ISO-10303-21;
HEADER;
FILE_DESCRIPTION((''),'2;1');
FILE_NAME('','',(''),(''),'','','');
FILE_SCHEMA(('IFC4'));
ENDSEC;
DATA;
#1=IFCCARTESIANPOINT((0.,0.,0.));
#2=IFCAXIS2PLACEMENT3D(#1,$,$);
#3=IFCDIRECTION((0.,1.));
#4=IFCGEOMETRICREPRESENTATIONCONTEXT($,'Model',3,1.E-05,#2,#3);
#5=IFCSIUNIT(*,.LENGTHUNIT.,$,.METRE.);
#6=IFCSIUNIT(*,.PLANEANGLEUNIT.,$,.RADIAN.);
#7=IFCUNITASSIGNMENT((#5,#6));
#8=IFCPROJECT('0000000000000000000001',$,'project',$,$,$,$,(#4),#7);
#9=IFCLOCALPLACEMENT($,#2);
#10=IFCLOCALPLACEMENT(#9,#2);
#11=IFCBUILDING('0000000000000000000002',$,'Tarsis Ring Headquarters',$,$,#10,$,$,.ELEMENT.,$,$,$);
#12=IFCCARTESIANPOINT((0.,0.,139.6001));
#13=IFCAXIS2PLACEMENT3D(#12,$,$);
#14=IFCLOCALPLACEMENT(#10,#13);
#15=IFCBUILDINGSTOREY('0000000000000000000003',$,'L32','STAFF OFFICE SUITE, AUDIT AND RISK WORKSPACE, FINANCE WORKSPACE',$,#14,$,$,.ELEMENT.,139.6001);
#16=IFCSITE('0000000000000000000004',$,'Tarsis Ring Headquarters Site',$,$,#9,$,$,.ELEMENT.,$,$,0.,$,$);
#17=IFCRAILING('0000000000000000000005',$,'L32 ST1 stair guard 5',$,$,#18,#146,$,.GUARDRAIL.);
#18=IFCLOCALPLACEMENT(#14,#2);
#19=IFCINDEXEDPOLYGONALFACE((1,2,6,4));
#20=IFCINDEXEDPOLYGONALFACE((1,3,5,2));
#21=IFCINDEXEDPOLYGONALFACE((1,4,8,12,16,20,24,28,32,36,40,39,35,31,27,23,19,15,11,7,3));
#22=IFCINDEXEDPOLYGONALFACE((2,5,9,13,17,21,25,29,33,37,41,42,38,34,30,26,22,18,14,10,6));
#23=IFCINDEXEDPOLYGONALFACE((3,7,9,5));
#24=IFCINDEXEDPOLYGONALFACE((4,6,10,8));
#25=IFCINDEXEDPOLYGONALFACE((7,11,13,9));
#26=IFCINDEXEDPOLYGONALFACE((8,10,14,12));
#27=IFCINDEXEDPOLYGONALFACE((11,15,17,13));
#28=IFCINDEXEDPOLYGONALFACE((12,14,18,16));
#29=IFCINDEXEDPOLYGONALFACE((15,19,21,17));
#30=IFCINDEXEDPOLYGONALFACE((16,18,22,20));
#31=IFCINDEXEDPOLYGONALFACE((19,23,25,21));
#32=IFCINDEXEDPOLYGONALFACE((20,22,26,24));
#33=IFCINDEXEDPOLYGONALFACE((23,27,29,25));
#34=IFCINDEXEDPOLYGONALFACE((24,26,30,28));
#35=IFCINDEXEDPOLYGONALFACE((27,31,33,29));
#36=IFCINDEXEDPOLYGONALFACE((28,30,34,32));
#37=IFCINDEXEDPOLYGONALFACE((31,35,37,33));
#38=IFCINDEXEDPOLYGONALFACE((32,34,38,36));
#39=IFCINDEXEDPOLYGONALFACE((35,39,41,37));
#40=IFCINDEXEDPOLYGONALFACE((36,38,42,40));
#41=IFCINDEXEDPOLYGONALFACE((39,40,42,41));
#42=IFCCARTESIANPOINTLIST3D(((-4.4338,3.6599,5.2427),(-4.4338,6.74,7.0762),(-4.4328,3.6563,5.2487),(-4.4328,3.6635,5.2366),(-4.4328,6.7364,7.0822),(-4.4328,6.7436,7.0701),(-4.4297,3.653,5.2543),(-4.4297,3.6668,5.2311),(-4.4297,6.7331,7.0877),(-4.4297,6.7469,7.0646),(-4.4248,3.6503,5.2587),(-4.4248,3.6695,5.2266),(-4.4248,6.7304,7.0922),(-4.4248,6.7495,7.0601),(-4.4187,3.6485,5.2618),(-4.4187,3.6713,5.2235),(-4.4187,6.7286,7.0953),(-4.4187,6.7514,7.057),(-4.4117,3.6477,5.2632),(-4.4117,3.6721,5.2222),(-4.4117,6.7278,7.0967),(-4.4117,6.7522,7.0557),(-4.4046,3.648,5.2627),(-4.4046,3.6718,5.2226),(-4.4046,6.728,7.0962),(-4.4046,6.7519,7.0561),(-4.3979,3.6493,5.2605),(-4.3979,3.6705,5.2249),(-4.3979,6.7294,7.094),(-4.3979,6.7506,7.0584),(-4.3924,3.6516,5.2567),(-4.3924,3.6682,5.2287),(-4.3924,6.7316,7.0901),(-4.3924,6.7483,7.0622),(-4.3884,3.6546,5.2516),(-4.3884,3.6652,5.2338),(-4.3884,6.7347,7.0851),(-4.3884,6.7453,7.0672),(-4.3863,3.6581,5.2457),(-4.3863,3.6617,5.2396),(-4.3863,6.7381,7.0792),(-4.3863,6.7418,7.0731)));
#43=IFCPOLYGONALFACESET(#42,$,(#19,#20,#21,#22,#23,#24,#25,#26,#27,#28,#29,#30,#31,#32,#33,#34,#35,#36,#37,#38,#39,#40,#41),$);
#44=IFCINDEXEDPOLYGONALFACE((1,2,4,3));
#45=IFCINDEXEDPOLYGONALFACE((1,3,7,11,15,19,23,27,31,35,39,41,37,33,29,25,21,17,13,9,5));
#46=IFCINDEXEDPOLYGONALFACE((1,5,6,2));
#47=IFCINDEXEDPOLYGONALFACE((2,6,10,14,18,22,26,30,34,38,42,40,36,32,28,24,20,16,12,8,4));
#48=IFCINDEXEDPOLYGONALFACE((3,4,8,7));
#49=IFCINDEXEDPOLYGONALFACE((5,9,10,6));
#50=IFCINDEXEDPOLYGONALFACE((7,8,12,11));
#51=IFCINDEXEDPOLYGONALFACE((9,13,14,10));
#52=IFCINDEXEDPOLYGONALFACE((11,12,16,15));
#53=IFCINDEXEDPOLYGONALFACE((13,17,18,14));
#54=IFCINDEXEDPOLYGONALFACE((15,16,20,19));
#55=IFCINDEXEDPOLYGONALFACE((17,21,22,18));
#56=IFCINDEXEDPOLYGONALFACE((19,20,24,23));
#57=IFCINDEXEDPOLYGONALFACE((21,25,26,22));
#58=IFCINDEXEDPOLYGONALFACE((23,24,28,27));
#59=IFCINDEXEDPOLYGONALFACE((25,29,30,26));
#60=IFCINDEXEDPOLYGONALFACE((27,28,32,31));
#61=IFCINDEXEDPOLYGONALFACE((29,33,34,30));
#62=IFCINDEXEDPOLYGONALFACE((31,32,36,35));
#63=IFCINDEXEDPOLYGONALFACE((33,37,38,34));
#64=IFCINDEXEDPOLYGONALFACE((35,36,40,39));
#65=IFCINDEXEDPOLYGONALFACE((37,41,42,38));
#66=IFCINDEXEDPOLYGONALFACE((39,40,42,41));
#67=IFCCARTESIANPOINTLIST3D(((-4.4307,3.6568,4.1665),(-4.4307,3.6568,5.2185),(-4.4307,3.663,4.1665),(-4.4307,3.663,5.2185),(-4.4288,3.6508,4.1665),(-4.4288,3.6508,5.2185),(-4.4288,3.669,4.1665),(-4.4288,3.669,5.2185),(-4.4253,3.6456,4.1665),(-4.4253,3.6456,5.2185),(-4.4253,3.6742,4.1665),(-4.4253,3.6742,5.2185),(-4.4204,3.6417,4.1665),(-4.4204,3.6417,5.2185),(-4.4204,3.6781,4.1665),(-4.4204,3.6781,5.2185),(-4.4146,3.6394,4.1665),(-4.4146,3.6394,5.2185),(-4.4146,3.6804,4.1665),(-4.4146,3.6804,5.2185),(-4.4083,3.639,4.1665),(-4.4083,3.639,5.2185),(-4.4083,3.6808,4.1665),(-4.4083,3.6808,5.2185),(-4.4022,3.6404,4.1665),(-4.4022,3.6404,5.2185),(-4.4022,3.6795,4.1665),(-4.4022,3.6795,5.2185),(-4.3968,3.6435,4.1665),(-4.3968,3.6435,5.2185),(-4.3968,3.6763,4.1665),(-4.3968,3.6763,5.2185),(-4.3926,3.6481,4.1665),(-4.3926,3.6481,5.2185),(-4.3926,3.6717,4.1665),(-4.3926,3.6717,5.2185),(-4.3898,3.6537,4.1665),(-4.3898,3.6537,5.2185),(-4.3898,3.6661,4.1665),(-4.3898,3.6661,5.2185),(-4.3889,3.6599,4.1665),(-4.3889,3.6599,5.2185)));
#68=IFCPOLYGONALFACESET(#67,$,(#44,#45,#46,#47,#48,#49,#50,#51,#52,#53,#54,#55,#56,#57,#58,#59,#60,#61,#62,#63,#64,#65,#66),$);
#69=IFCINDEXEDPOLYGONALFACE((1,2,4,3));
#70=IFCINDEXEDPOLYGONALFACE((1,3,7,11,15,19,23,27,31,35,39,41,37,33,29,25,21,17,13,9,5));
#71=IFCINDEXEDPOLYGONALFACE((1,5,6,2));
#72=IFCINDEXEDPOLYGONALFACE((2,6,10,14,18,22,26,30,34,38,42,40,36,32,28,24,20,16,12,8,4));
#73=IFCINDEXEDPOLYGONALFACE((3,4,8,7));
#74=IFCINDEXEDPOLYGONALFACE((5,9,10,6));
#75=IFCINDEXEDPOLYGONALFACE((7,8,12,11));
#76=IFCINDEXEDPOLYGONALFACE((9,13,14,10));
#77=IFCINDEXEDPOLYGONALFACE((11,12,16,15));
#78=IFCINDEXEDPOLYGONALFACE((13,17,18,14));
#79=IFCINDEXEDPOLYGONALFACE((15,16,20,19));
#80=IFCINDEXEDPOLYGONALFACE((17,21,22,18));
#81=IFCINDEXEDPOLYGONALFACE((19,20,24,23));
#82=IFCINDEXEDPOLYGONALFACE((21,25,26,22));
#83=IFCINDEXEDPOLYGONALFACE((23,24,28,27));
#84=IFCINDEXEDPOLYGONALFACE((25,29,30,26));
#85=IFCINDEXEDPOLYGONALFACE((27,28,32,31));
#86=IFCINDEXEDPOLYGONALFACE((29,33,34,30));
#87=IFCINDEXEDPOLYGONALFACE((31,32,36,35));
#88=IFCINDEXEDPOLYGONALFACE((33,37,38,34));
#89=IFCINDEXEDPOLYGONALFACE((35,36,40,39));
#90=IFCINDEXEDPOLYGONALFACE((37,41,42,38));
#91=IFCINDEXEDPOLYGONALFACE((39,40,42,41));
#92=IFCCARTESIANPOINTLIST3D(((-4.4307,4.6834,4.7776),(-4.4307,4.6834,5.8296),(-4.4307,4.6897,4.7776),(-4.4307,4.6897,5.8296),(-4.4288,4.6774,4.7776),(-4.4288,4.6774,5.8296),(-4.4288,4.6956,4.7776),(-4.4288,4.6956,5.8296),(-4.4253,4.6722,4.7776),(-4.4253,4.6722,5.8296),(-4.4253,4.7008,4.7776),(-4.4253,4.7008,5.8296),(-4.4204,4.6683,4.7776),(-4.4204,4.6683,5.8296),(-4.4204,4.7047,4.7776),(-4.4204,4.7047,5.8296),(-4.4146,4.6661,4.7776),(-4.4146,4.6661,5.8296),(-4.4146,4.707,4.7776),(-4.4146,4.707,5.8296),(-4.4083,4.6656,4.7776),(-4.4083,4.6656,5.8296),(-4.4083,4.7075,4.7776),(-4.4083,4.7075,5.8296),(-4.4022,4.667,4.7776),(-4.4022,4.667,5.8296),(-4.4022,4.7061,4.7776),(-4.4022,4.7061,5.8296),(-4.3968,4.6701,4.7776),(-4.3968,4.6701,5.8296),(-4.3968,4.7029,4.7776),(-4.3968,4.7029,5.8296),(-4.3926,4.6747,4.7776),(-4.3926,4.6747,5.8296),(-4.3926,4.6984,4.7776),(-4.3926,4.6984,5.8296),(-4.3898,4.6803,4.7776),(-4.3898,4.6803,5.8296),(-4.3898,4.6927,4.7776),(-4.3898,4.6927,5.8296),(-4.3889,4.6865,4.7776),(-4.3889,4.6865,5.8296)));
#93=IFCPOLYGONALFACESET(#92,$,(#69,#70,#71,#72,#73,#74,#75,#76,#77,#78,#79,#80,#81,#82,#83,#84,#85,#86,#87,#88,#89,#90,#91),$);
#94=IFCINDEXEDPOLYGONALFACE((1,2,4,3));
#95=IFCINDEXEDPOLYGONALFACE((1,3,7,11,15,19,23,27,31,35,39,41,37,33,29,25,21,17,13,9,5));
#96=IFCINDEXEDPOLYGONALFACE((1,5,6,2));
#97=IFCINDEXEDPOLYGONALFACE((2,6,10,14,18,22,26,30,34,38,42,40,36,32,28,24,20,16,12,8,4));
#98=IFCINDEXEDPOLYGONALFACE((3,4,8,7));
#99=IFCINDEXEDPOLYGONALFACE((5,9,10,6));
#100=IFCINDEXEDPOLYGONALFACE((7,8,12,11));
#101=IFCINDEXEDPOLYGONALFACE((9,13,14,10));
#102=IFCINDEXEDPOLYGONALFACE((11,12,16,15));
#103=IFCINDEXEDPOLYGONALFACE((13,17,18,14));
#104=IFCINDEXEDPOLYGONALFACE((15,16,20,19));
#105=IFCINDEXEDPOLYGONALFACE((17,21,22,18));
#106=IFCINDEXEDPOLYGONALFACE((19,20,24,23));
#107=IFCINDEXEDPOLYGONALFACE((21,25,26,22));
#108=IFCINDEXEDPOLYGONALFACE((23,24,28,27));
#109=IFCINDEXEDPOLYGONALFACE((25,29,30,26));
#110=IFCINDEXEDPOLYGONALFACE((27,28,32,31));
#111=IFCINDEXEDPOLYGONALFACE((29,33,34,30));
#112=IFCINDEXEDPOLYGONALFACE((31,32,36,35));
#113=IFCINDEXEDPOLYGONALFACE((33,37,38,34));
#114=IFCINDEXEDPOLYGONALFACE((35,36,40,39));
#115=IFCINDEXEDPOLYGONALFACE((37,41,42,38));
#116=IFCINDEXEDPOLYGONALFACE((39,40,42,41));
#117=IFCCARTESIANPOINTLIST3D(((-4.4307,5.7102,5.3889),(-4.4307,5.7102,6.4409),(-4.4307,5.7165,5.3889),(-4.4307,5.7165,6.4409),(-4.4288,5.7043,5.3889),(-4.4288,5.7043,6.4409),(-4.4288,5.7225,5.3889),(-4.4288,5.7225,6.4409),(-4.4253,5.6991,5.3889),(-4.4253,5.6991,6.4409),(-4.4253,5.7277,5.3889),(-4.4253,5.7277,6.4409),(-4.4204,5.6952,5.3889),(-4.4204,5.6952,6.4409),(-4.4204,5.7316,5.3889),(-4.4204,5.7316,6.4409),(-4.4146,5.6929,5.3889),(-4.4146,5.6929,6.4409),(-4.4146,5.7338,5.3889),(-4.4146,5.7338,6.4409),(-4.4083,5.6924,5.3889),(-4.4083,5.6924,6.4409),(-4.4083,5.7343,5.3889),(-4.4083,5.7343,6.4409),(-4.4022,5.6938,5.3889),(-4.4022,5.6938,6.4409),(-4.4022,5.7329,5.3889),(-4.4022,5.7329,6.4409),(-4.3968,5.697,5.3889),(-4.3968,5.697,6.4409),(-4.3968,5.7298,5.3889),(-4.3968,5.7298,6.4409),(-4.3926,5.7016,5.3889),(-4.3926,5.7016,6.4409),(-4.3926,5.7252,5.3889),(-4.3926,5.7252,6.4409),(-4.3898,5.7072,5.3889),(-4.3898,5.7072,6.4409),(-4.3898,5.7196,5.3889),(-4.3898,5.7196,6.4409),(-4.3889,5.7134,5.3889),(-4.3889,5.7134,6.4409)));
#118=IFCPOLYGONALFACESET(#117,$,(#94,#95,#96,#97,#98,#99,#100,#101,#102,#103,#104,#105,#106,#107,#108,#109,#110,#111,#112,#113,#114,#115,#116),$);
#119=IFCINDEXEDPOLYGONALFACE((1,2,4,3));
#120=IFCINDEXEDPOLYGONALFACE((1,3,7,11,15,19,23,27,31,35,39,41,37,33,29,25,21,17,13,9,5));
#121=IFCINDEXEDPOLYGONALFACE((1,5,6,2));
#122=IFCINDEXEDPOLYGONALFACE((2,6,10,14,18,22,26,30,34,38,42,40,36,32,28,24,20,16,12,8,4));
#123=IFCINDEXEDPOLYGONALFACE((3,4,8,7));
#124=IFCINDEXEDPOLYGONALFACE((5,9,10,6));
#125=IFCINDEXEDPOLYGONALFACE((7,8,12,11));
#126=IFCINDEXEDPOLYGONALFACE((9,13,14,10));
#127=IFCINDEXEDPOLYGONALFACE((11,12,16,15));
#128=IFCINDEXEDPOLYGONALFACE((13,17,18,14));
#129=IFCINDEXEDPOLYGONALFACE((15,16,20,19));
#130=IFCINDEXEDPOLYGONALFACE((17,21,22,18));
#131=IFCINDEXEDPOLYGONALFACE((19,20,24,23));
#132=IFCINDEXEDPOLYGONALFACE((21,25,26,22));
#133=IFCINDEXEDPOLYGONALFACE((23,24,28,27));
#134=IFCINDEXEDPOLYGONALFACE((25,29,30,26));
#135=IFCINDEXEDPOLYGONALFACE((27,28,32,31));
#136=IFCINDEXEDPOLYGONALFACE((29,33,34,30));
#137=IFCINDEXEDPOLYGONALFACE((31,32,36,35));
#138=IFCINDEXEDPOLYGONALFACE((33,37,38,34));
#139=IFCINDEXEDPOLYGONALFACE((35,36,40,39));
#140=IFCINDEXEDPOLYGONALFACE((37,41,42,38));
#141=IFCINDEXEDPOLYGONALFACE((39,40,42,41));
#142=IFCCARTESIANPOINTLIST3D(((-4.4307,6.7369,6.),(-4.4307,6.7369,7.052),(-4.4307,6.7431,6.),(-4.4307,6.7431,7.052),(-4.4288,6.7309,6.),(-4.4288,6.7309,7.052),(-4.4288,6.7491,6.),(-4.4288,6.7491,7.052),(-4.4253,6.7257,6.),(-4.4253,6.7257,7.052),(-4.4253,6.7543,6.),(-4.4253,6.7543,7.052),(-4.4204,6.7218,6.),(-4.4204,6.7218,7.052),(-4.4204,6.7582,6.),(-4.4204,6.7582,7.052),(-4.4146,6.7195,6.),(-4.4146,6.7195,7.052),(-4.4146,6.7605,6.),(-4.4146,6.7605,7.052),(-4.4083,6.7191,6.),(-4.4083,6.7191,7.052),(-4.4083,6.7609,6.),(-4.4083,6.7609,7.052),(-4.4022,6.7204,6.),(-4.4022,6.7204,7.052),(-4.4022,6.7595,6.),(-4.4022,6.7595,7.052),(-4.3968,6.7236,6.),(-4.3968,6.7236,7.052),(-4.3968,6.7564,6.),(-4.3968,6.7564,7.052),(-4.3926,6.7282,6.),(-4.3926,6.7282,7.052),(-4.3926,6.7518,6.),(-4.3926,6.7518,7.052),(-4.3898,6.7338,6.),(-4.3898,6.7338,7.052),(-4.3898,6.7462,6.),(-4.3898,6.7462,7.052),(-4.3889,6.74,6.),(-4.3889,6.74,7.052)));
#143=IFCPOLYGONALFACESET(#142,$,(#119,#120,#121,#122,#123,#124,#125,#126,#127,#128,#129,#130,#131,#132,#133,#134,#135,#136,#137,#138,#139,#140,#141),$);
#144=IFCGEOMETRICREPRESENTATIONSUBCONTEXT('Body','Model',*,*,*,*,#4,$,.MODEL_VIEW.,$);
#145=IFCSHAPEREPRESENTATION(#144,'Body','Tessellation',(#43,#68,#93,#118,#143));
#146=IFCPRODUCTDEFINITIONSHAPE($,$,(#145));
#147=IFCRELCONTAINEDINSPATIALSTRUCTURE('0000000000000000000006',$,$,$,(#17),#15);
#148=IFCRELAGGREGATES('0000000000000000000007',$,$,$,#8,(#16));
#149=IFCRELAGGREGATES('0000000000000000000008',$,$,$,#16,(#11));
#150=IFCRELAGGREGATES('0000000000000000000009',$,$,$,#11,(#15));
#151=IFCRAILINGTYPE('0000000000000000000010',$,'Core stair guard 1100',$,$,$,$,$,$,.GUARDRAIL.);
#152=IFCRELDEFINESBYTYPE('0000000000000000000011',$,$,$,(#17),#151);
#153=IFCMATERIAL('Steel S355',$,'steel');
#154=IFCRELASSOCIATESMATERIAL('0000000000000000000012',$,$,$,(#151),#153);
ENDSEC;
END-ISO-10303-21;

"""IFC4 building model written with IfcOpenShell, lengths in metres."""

from ifc_helpers import new_model, si_unit, direction, frame, origin, origin_2d, place, context, subcontext, project, spatial, circle, extrude, material, type_object, element, save


model = new_model("IFC4")

# Units and contexts
model_context = context("Model", 3, precision=1e-05, world=origin(), true_north=direction((0.0, 1.0)))
body_context = subcontext(model_context, "Body", "Model", "MODEL_VIEW")
ifc_project = project(units=[si_unit("LENGTHUNIT", "METRE"), si_unit("PLANEANGLEUNIT", "RADIAN")], contexts=[model_context])

# Site, building, storey
site_placement = place(None, origin())
site = spatial("IfcSite", under=ifc_project, at=site_placement, Name="Tarsis Ring Headquarters Site", CompositionType="ELEMENT", RefElevation=0.0)
building_placement = place(site_placement, origin())
building = spatial("IfcBuilding", under=site, at=building_placement, Name="Tarsis Ring Headquarters", CompositionType="ELEMENT")
storey_placement = place(building_placement, frame((0.0, 0.0, 139.6001)))
storey = spatial("IfcBuildingStorey", under=building, at=storey_placement, Name="L32", Description="STAFF OFFICE SUITE, AUDIT AND RISK WORKSPACE, FINANCE WORKSPACE", CompositionType="ELEMENT", Elevation=139.6001)

# Shared definitions
ifc_material_1 = material(Name="Steel S355", Category="steel")

# Railing
railing_type_1 = type_object("IfcRailingType", Name="Core stair guard 1100", PredefinedType="GUARDRAIL", material=ifc_material_1)
railing_1_placement = place(storey_placement, frame((-4.4099, 3.6599, 4.1665)))
element("IfcRailing", 1, at=railing_1_placement, inside=storey, type_object=railing_type_1, Name="L32 ST1 stair guard 5", PredefinedType="GUARDRAIL", context=body_context, shape_type="SweptSolid", body=[
    extrude(circle(Radius=0.0239, at=origin_2d()), frame((0.0, 0.0, 1.0762), z_axis=(0.0, 0.859279, 0.511508), x_axis=(-1.0, 0.0, 0.0)), (0.0, 0.0, 1.0), 3.5845),
    extrude(circle(Radius=0.021, at=origin_2d()), origin(), (0.0, 0.0, 1.0), 1.052),
    extrude(circle(Radius=0.021, at=origin_2d()), frame((0.0, 1.0266, 0.6111)), (0.0, 0.0, 1.0), 1.052),
    extrude(circle(Radius=0.021, at=origin_2d()), frame((0.0, 2.0535, 1.2224)), (0.0, 0.0, 1.0), 1.052),
    extrude(circle(Radius=0.021, at=origin_2d()), frame((0.0, 3.0801, 1.8335)), (0.0, 0.0, 1.0), 1.052),
])

save(model, "model.ifc")
